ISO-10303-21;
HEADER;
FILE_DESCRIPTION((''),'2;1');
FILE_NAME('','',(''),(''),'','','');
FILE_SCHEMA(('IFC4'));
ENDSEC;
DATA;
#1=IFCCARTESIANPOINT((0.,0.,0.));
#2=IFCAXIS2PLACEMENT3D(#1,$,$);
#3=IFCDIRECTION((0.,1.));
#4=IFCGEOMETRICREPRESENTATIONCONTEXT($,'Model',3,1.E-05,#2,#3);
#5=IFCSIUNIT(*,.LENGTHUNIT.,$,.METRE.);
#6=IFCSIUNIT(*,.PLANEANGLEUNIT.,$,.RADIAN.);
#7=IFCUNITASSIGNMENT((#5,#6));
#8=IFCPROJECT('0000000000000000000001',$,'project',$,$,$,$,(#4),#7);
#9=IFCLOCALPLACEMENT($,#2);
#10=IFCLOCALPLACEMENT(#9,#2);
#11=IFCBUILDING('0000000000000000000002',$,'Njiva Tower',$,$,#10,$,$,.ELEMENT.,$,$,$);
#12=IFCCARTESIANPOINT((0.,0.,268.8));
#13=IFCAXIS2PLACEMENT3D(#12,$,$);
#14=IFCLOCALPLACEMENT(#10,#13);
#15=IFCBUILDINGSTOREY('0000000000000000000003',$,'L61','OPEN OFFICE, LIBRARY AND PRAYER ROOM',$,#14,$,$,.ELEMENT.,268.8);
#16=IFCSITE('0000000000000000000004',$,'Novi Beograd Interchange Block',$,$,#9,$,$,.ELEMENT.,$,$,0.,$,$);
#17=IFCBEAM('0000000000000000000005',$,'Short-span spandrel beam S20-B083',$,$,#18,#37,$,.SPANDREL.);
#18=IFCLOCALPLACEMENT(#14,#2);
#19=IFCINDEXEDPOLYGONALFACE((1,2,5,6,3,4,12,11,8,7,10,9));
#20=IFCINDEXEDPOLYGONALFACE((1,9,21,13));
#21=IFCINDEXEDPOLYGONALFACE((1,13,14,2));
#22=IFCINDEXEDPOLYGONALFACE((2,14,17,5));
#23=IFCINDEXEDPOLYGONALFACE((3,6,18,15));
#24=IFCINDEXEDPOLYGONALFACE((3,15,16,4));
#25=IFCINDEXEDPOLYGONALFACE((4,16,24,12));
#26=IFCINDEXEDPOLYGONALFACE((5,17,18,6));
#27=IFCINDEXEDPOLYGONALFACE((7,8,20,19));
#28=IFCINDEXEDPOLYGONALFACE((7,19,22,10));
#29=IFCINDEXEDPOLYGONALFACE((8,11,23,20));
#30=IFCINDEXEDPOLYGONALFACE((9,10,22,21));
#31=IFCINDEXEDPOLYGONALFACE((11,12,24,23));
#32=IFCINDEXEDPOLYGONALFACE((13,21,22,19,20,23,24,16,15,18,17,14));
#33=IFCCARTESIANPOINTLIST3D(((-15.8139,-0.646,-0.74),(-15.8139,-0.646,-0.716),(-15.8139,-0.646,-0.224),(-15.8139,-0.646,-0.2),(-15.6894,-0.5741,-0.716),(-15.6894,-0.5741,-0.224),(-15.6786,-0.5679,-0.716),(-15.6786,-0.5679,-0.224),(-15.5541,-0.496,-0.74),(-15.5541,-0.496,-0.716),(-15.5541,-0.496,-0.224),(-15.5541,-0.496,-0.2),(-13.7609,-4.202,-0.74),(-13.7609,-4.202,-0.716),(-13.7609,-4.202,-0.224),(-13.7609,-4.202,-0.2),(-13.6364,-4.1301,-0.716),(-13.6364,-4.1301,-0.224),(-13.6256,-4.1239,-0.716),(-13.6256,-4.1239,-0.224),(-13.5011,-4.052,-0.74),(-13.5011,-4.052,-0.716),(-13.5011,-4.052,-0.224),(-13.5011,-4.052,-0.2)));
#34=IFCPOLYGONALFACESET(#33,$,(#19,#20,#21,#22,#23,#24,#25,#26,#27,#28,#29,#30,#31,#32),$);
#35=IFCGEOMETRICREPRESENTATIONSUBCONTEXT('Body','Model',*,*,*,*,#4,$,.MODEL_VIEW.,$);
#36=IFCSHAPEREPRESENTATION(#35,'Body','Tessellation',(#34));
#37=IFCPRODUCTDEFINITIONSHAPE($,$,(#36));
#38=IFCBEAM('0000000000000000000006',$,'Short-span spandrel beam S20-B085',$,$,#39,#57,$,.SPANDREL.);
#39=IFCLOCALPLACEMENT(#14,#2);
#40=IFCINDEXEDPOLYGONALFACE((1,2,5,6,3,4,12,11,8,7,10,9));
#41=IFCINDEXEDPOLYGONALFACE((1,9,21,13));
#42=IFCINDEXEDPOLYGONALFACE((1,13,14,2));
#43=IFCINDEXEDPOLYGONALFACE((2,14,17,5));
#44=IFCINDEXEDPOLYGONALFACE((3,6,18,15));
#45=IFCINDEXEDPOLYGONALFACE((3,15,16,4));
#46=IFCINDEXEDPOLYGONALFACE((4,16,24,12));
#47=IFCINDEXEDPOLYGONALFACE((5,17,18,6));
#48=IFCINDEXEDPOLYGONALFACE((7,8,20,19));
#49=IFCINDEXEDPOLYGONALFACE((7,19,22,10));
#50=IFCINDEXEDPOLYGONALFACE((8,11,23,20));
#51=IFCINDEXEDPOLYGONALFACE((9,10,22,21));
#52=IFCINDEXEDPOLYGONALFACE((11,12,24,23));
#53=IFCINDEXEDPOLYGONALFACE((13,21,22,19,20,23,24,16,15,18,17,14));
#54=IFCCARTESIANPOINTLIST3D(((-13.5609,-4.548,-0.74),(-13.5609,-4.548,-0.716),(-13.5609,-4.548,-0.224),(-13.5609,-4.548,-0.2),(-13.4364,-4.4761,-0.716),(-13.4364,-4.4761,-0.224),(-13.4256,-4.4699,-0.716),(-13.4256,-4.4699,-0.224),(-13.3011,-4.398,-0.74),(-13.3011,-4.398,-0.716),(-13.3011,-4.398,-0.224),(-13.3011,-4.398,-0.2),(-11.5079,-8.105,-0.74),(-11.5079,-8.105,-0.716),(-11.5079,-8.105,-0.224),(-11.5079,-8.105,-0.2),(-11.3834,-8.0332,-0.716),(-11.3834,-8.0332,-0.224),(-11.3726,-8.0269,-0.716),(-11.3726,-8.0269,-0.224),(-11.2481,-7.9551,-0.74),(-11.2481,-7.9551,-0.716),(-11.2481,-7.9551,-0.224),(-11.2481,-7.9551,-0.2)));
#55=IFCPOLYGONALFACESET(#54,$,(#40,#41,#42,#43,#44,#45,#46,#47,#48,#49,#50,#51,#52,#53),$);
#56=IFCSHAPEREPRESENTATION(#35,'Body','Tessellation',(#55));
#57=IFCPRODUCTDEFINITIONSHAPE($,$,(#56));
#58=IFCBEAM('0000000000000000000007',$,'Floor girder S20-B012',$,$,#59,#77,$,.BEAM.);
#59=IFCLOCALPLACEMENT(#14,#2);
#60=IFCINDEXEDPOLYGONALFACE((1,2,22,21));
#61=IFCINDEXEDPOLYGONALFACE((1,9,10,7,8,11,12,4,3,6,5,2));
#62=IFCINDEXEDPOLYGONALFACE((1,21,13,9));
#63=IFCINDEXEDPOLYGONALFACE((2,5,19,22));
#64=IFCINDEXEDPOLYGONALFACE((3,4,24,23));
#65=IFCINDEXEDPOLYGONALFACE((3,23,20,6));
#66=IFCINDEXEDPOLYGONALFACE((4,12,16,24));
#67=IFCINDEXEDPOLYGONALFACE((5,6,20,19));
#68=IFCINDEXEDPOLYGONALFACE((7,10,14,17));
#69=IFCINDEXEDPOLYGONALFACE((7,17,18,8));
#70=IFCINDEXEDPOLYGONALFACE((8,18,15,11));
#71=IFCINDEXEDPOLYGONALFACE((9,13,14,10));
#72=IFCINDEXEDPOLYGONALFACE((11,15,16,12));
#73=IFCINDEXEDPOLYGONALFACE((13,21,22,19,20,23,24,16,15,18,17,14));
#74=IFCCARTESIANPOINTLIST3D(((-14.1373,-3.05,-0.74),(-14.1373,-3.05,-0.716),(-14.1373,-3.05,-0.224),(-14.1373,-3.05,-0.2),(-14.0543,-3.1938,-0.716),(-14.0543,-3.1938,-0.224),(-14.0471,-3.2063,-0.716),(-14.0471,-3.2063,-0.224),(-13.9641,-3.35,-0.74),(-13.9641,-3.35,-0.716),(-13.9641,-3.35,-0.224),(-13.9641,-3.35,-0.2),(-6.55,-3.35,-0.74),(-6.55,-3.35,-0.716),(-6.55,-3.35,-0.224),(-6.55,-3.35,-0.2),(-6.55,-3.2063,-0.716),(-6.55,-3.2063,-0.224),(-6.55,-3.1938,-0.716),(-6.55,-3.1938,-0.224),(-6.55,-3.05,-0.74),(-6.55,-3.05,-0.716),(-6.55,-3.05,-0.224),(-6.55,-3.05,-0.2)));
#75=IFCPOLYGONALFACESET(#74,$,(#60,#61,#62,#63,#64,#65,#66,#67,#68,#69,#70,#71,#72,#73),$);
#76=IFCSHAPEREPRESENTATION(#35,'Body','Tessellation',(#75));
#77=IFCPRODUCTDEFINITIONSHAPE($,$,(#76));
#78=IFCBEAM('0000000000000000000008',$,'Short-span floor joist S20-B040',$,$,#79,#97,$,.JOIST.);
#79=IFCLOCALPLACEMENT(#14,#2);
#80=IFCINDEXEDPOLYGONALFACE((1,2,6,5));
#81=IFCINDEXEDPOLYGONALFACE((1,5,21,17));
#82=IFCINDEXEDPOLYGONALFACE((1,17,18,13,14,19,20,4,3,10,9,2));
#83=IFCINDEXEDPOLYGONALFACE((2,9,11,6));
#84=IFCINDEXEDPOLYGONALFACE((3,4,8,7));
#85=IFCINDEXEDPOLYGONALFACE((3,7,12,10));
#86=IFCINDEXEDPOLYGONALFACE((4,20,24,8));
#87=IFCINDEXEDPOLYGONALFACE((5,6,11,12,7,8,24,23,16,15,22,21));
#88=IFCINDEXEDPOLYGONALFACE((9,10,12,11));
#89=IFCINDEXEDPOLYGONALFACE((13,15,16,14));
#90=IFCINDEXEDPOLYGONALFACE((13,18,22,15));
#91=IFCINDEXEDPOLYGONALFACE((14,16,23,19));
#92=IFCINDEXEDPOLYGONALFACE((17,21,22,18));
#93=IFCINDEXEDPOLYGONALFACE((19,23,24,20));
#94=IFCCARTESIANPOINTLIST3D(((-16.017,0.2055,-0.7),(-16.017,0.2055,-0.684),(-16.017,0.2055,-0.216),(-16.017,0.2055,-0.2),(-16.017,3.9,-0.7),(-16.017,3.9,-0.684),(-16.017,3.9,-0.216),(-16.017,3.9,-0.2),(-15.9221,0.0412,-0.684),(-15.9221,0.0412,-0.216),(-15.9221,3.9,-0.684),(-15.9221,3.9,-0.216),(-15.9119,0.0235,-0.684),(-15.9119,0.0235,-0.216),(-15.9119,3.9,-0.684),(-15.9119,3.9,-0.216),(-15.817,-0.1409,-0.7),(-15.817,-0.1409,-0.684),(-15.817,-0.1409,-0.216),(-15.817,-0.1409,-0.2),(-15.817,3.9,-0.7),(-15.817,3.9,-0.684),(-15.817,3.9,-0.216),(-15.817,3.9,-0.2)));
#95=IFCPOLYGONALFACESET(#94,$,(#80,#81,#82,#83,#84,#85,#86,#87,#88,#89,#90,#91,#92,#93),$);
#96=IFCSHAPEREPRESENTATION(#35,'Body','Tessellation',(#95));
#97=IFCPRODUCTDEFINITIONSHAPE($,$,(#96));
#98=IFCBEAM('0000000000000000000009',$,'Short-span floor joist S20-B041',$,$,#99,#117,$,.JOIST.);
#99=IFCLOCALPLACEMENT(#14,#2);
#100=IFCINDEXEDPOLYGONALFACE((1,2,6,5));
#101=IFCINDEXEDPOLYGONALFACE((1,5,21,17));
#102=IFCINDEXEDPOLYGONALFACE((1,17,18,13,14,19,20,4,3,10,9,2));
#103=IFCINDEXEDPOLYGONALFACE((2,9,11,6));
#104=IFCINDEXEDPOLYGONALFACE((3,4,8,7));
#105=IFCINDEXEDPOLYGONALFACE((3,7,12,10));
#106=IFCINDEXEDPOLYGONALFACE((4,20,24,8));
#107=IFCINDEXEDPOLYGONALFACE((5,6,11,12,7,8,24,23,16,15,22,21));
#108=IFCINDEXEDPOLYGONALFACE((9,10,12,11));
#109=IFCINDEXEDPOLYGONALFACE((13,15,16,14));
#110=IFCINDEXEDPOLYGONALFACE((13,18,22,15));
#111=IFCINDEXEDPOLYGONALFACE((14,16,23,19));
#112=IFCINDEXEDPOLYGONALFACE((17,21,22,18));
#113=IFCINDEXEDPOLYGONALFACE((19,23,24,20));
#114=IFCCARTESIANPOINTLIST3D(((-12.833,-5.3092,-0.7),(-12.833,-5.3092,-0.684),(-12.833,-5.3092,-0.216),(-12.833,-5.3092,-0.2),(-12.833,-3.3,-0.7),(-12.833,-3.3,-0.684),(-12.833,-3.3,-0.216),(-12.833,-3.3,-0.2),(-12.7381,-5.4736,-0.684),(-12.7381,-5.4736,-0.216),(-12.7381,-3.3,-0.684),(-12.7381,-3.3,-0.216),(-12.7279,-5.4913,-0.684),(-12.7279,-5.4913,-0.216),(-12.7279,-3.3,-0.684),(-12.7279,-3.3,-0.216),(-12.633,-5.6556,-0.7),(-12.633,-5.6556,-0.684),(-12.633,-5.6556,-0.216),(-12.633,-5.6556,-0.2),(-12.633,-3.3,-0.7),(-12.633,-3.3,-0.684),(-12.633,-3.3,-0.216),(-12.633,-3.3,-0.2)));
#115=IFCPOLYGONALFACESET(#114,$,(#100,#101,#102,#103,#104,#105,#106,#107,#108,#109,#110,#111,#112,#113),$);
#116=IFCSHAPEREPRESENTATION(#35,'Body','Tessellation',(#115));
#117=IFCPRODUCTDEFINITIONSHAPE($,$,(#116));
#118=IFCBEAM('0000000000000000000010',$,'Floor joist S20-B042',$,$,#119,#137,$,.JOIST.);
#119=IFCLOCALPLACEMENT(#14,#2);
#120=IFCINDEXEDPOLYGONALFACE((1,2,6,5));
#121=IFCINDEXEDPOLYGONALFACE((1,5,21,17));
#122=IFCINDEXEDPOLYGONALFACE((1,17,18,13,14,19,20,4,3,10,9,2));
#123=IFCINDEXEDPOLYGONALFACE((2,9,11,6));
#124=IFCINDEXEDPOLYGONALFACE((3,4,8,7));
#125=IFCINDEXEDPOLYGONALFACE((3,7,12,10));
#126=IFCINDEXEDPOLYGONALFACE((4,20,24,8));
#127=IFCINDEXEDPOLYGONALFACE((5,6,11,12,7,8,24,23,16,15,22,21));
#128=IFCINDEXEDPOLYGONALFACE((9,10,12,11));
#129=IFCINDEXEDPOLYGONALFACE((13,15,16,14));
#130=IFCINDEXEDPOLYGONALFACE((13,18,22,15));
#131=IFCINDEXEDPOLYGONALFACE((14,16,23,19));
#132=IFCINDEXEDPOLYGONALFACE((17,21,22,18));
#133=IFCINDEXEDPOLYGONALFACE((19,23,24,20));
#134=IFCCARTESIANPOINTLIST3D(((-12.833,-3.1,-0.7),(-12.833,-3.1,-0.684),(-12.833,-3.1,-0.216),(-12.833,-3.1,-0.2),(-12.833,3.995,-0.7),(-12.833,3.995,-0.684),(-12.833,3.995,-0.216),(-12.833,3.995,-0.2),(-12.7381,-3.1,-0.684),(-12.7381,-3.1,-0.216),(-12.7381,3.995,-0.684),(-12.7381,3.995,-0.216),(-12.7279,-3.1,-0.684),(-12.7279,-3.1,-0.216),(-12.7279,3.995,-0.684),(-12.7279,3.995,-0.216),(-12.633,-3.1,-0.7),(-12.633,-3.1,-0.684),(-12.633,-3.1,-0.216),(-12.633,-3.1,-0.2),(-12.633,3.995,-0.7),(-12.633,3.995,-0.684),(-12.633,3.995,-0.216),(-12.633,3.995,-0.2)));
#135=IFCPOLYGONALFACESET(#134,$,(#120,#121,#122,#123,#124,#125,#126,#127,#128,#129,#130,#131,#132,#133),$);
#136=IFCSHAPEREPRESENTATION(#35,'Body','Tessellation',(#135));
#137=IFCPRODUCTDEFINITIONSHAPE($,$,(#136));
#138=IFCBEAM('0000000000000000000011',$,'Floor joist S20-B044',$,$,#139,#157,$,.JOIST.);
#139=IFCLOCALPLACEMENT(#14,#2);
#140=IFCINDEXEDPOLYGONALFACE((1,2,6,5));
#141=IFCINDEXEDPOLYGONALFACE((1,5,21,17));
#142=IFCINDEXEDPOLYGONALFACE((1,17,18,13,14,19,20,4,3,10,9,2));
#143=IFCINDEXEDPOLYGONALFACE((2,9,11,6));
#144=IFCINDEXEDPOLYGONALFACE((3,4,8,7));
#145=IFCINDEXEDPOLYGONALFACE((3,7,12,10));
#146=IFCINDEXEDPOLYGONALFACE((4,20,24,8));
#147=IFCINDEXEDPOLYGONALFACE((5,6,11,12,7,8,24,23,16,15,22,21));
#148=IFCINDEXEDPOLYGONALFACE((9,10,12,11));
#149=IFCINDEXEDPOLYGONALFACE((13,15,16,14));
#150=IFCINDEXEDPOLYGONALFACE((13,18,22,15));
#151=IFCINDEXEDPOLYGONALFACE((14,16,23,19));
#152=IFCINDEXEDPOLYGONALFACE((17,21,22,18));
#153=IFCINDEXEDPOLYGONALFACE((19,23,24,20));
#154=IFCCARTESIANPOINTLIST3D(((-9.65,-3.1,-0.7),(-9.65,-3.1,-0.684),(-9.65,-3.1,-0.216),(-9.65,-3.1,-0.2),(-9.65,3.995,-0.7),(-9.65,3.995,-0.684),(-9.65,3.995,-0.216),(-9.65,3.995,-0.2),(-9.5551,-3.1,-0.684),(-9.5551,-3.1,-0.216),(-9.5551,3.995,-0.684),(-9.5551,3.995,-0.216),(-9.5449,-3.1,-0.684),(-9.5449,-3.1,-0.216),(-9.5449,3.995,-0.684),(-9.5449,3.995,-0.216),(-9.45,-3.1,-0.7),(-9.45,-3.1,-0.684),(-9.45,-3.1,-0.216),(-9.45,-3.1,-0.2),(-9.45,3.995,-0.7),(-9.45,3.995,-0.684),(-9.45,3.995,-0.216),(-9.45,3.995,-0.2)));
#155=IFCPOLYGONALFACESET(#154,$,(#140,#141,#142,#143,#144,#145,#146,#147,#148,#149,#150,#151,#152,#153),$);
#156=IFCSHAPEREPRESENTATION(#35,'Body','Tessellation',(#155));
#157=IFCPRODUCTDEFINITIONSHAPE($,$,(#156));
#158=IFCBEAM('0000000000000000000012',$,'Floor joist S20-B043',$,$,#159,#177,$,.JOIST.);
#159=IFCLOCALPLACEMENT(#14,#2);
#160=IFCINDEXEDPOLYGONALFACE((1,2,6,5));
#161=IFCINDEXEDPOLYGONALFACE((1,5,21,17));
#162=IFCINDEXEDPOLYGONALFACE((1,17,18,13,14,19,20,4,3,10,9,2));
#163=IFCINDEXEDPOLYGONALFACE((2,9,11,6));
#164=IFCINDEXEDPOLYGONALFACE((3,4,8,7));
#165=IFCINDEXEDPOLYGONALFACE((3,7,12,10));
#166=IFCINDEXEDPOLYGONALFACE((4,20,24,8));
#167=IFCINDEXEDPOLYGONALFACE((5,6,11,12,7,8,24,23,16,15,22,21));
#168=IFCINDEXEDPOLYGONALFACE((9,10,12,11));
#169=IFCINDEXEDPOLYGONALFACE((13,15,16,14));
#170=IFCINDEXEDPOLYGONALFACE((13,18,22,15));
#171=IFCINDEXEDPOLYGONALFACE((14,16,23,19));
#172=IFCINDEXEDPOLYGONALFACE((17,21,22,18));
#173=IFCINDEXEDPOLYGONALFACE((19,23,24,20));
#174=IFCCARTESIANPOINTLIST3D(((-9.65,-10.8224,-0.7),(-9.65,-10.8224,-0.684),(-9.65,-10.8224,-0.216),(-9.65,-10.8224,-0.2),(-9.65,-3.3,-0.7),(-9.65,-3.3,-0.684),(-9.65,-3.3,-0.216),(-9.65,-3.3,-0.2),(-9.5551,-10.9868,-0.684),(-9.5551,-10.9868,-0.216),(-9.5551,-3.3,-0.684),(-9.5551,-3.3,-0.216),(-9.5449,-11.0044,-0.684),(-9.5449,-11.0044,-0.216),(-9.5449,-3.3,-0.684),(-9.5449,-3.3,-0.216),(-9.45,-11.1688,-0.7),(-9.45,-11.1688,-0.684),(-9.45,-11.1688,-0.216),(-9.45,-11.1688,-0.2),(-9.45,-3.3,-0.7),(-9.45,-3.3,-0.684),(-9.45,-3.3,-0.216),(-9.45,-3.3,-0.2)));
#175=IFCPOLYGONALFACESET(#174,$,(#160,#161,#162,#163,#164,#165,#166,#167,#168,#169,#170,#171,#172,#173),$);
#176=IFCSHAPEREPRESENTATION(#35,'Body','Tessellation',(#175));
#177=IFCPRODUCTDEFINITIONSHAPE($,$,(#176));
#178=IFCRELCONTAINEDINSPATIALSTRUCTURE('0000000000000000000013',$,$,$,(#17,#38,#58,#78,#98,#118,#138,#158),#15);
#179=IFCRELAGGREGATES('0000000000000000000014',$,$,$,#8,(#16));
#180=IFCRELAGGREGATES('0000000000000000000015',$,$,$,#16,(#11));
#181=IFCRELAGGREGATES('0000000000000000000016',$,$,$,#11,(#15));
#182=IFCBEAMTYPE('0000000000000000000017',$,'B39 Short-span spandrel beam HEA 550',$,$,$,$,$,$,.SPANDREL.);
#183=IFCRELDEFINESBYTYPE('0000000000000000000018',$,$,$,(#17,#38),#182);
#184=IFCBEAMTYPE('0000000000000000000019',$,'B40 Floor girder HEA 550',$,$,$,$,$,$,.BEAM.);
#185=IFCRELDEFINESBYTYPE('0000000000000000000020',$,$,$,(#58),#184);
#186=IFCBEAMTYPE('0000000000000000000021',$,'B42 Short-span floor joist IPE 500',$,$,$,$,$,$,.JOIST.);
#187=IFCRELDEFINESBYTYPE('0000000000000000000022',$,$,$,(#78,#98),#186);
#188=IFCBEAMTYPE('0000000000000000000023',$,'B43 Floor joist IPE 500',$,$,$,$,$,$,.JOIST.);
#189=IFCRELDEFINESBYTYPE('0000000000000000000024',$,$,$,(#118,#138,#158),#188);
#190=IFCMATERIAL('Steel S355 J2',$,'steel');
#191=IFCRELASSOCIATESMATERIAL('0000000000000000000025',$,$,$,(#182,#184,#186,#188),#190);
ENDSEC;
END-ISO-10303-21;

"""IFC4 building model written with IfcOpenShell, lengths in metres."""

from ifc_helpers import new_model, si_unit, direction, frame, origin, origin_2d, place, context, subcontext, project, spatial, i_section, extrude, clip, halfspace, material, material_profile, profile_set, type_object, element, save


model = new_model("IFC4")

# Units and contexts
model_context = context("Model", 3, precision=1e-05, world=origin(), true_north=direction((0.0, 1.0)))
body_context = subcontext(model_context, "Body", "Model", "MODEL_VIEW")
ifc_project = project(units=[si_unit("LENGTHUNIT", "METRE"), si_unit("PLANEANGLEUNIT", "RADIAN")], contexts=[model_context])

# Site, building, storey
site_placement = place(None, origin())
site = spatial("IfcSite", under=ifc_project, at=site_placement, Name="Novi Beograd Interchange Block", CompositionType="ELEMENT", RefElevation=0.0)
building_placement = place(site_placement, origin())
building = spatial("IfcBuilding", under=site, at=building_placement, Name="Njiva Tower", CompositionType="ELEMENT")
storey_placement = place(building_placement, frame((0.0, 0.0, 268.8)))
storey = spatial("IfcBuildingStorey", under=building, at=storey_placement, Name="L61", Description="OPEN OFFICE, LIBRARY AND PRAYER ROOM", CompositionType="ELEMENT", Elevation=268.8)

# Shared definitions
ifc_material_1 = material(Name="Steel S355 J2", Category="steel")

# Beams
ifc_material_profile_1 = material_profile(ifc_material_1, i_section(OverallWidth=0.3, OverallDepth=0.54, WebThickness=0.0125, FlangeThickness=0.024, at=origin_2d()), Name="HEA 550")
ifc_profile_set_1 = profile_set([ifc_material_profile_1], Name="Steel S355 J2")
beam_type_1 = type_object("IfcBeamType", Name="B39 Short-span spandrel beam HEA 550", PredefinedType="SPANDREL", material=ifc_profile_set_1)
beam_1_placement = place(storey_placement, frame((-15.684, -0.571, -0.47), z_axis=(0.499989, -0.866031, 0.0), x_axis=(0.866031, 0.499989, 0.0)))
element("IfcBeam", 1, at=beam_1_placement, inside=storey, type_object=beam_type_1, Name="Short-span spandrel beam S20-B083", PredefinedType="SPANDREL", context=body_context, shape_type="SweptSolid", body=[
    extrude(i_section(OverallWidth=0.3, OverallDepth=0.54, WebThickness=0.0125, FlangeThickness=0.024, at=origin_2d()), origin(), (0.0, 0.0, 1.0), 4.1061),
])
beam_2_placement = place(storey_placement, frame((-13.431, -4.473, -0.47), z_axis=(0.499884, -0.866092, 0.0), x_axis=(0.866092, 0.499884, 0.0)))
element("IfcBeam", 2, at=beam_2_placement, inside=storey, type_object=beam_type_1, Name="Short-span spandrel beam S20-B085", PredefinedType="SPANDREL", context=body_context, shape_type="SweptSolid", body=[
    extrude(i_section(OverallWidth=0.3, OverallDepth=0.54, WebThickness=0.0125, FlangeThickness=0.024, at=origin_2d()), origin(), (0.0, 0.0, 1.0), 4.107),
])
ifc_material_profile_2 = material_profile(ifc_material_1, i_section(OverallWidth=0.3, OverallDepth=0.54, WebThickness=0.0125, FlangeThickness=0.024, at=origin_2d()), Name="HEA 550")
ifc_profile_set_2 = profile_set([ifc_material_profile_2], Name="Steel S355 J2")
beam_type_2 = type_object("IfcBeamType", Name="B40 Floor girder HEA 550", PredefinedType="BEAM", material=ifc_profile_set_2)
beam_3_placement = place(storey_placement, frame((-14.158, -3.2, -0.47), z_axis=(1.0, 0.0, 0.0), x_axis=(0.0, 1.0, 0.0)))
element("IfcBeam", 3, at=beam_3_placement, inside=storey, type_object=beam_type_2, Name="Floor girder S20-B012", PredefinedType="BEAM", context=body_context, shape_type="Clipping", body=[
    clip(extrude(i_section(OverallWidth=0.3, OverallDepth=0.54, WebThickness=0.0125, FlangeThickness=0.024, at=origin_2d()), origin(), (0.0, 0.0, 1.0), 7.608), halfspace(frame((-0.025, 0.0, 0.1217), z_axis=(-0.499998, 0.0, -0.866027), x_axis=(0.0, -1.0, 0.0)), False)),
])
ifc_material_profile_3 = material_profile(ifc_material_1, i_section(OverallWidth=0.2, OverallDepth=0.5, WebThickness=0.0102, FlangeThickness=0.016, at=origin_2d()), Name="IPE 500")
ifc_profile_set_3 = profile_set([ifc_material_profile_3], Name="Steel S355 J2")
beam_type_3 = type_object("IfcBeamType", Name="B42 Short-span floor joist IPE 500", PredefinedType="JOIST", material=ifc_profile_set_3)
beam_4_placement = place(storey_placement, frame((-15.917, 3.9, -0.45), z_axis=(0.0, -1.0, 0.0), x_axis=(1.0, 0.0, 0.0)))
element("IfcBeam", 4, at=beam_4_placement, inside=storey, type_object=beam_type_3, Name="Short-span floor joist S20-B040", PredefinedType="JOIST", context=body_context, shape_type="Clipping", body=[
    clip(extrude(i_section(OverallWidth=0.2, OverallDepth=0.5, WebThickness=0.0102, FlangeThickness=0.016, at=origin_2d()), origin(), (0.0, 0.0, 1.0), 4.061), halfspace(frame((-0.043, 0.0, 3.7932), z_axis=(-0.866027, 0.0, 0.499998), x_axis=(0.0, 1.0, 0.0)), False)),
])
beam_5_placement = place(storey_placement, frame((-12.733, -3.3, -0.45), z_axis=(0.0, -1.0, 0.0), x_axis=(1.0, 0.0, 0.0)))
element("IfcBeam", 5, at=beam_5_placement, inside=storey, type_object=beam_type_3, Name="Short-span floor joist S20-B041", PredefinedType="JOIST", context=body_context, shape_type="Clipping", body=[
    clip(extrude(i_section(OverallWidth=0.2, OverallDepth=0.5, WebThickness=0.0102, FlangeThickness=0.016, at=origin_2d()), origin(), (0.0, 0.0, 1.0), 2.375), halfspace(frame((-0.0436, 0.0, 2.1069), z_axis=(-0.866027, 0.0, 0.499998), x_axis=(0.0, 1.0, 0.0)), False)),
])
ifc_material_profile_4 = material_profile(ifc_material_1, i_section(OverallWidth=0.2, OverallDepth=0.5, WebThickness=0.0102, FlangeThickness=0.016, at=origin_2d()), Name="IPE 500")
ifc_profile_set_4 = profile_set([ifc_material_profile_4], Name="Steel S355 J2")
beam_type_4 = type_object("IfcBeamType", Name="B43 Floor joist IPE 500", PredefinedType="JOIST", material=ifc_profile_set_4)
for number, where, z_axis, x_axis, name in (
    (6, (-12.733, 3.995, -0.45), (0.0, -1.0, 0.0), (1.0, 0.0, 0.0), "Floor joist S20-B042"),
    (7, (-9.55, 3.995, -0.45), (0.0, -1.0, 0.0), (1.0, 0.0, 0.0), "Floor joist S20-B044"),
):
    element("IfcBeam", number, at=place(storey_placement, frame(where, z_axis=z_axis, x_axis=x_axis)), inside=storey, type_object=beam_type_4, Name=name, PredefinedType="JOIST", context=body_context, shape_type="SweptSolid", body=[
        extrude(i_section(OverallWidth=0.2, OverallDepth=0.5, WebThickness=0.0102, FlangeThickness=0.016, at=origin_2d()), origin(), (0.0, 0.0, 1.0), 7.095),
    ])
beam_6_placement = place(storey_placement, frame((-9.55, -3.3, -0.45), z_axis=(0.0, -1.0, 0.0), x_axis=(1.0, 0.0, 0.0)))
element("IfcBeam", 8, at=beam_6_placement, inside=storey, type_object=beam_type_4, Name="Floor joist S20-B043", PredefinedType="JOIST", context=body_context, shape_type="Clipping", body=[
    clip(extrude(i_section(OverallWidth=0.2, OverallDepth=0.5, WebThickness=0.0102, FlangeThickness=0.016, at=origin_2d()), origin(), (0.0, 0.0, 1.0), 7.889), halfspace(frame((-0.0433, 0.0, 7.6206), z_axis=(-0.866027, 0.0, 0.499998), x_axis=(0.0, 1.0, 0.0)), False)),
])

save(model, "model.ifc")
